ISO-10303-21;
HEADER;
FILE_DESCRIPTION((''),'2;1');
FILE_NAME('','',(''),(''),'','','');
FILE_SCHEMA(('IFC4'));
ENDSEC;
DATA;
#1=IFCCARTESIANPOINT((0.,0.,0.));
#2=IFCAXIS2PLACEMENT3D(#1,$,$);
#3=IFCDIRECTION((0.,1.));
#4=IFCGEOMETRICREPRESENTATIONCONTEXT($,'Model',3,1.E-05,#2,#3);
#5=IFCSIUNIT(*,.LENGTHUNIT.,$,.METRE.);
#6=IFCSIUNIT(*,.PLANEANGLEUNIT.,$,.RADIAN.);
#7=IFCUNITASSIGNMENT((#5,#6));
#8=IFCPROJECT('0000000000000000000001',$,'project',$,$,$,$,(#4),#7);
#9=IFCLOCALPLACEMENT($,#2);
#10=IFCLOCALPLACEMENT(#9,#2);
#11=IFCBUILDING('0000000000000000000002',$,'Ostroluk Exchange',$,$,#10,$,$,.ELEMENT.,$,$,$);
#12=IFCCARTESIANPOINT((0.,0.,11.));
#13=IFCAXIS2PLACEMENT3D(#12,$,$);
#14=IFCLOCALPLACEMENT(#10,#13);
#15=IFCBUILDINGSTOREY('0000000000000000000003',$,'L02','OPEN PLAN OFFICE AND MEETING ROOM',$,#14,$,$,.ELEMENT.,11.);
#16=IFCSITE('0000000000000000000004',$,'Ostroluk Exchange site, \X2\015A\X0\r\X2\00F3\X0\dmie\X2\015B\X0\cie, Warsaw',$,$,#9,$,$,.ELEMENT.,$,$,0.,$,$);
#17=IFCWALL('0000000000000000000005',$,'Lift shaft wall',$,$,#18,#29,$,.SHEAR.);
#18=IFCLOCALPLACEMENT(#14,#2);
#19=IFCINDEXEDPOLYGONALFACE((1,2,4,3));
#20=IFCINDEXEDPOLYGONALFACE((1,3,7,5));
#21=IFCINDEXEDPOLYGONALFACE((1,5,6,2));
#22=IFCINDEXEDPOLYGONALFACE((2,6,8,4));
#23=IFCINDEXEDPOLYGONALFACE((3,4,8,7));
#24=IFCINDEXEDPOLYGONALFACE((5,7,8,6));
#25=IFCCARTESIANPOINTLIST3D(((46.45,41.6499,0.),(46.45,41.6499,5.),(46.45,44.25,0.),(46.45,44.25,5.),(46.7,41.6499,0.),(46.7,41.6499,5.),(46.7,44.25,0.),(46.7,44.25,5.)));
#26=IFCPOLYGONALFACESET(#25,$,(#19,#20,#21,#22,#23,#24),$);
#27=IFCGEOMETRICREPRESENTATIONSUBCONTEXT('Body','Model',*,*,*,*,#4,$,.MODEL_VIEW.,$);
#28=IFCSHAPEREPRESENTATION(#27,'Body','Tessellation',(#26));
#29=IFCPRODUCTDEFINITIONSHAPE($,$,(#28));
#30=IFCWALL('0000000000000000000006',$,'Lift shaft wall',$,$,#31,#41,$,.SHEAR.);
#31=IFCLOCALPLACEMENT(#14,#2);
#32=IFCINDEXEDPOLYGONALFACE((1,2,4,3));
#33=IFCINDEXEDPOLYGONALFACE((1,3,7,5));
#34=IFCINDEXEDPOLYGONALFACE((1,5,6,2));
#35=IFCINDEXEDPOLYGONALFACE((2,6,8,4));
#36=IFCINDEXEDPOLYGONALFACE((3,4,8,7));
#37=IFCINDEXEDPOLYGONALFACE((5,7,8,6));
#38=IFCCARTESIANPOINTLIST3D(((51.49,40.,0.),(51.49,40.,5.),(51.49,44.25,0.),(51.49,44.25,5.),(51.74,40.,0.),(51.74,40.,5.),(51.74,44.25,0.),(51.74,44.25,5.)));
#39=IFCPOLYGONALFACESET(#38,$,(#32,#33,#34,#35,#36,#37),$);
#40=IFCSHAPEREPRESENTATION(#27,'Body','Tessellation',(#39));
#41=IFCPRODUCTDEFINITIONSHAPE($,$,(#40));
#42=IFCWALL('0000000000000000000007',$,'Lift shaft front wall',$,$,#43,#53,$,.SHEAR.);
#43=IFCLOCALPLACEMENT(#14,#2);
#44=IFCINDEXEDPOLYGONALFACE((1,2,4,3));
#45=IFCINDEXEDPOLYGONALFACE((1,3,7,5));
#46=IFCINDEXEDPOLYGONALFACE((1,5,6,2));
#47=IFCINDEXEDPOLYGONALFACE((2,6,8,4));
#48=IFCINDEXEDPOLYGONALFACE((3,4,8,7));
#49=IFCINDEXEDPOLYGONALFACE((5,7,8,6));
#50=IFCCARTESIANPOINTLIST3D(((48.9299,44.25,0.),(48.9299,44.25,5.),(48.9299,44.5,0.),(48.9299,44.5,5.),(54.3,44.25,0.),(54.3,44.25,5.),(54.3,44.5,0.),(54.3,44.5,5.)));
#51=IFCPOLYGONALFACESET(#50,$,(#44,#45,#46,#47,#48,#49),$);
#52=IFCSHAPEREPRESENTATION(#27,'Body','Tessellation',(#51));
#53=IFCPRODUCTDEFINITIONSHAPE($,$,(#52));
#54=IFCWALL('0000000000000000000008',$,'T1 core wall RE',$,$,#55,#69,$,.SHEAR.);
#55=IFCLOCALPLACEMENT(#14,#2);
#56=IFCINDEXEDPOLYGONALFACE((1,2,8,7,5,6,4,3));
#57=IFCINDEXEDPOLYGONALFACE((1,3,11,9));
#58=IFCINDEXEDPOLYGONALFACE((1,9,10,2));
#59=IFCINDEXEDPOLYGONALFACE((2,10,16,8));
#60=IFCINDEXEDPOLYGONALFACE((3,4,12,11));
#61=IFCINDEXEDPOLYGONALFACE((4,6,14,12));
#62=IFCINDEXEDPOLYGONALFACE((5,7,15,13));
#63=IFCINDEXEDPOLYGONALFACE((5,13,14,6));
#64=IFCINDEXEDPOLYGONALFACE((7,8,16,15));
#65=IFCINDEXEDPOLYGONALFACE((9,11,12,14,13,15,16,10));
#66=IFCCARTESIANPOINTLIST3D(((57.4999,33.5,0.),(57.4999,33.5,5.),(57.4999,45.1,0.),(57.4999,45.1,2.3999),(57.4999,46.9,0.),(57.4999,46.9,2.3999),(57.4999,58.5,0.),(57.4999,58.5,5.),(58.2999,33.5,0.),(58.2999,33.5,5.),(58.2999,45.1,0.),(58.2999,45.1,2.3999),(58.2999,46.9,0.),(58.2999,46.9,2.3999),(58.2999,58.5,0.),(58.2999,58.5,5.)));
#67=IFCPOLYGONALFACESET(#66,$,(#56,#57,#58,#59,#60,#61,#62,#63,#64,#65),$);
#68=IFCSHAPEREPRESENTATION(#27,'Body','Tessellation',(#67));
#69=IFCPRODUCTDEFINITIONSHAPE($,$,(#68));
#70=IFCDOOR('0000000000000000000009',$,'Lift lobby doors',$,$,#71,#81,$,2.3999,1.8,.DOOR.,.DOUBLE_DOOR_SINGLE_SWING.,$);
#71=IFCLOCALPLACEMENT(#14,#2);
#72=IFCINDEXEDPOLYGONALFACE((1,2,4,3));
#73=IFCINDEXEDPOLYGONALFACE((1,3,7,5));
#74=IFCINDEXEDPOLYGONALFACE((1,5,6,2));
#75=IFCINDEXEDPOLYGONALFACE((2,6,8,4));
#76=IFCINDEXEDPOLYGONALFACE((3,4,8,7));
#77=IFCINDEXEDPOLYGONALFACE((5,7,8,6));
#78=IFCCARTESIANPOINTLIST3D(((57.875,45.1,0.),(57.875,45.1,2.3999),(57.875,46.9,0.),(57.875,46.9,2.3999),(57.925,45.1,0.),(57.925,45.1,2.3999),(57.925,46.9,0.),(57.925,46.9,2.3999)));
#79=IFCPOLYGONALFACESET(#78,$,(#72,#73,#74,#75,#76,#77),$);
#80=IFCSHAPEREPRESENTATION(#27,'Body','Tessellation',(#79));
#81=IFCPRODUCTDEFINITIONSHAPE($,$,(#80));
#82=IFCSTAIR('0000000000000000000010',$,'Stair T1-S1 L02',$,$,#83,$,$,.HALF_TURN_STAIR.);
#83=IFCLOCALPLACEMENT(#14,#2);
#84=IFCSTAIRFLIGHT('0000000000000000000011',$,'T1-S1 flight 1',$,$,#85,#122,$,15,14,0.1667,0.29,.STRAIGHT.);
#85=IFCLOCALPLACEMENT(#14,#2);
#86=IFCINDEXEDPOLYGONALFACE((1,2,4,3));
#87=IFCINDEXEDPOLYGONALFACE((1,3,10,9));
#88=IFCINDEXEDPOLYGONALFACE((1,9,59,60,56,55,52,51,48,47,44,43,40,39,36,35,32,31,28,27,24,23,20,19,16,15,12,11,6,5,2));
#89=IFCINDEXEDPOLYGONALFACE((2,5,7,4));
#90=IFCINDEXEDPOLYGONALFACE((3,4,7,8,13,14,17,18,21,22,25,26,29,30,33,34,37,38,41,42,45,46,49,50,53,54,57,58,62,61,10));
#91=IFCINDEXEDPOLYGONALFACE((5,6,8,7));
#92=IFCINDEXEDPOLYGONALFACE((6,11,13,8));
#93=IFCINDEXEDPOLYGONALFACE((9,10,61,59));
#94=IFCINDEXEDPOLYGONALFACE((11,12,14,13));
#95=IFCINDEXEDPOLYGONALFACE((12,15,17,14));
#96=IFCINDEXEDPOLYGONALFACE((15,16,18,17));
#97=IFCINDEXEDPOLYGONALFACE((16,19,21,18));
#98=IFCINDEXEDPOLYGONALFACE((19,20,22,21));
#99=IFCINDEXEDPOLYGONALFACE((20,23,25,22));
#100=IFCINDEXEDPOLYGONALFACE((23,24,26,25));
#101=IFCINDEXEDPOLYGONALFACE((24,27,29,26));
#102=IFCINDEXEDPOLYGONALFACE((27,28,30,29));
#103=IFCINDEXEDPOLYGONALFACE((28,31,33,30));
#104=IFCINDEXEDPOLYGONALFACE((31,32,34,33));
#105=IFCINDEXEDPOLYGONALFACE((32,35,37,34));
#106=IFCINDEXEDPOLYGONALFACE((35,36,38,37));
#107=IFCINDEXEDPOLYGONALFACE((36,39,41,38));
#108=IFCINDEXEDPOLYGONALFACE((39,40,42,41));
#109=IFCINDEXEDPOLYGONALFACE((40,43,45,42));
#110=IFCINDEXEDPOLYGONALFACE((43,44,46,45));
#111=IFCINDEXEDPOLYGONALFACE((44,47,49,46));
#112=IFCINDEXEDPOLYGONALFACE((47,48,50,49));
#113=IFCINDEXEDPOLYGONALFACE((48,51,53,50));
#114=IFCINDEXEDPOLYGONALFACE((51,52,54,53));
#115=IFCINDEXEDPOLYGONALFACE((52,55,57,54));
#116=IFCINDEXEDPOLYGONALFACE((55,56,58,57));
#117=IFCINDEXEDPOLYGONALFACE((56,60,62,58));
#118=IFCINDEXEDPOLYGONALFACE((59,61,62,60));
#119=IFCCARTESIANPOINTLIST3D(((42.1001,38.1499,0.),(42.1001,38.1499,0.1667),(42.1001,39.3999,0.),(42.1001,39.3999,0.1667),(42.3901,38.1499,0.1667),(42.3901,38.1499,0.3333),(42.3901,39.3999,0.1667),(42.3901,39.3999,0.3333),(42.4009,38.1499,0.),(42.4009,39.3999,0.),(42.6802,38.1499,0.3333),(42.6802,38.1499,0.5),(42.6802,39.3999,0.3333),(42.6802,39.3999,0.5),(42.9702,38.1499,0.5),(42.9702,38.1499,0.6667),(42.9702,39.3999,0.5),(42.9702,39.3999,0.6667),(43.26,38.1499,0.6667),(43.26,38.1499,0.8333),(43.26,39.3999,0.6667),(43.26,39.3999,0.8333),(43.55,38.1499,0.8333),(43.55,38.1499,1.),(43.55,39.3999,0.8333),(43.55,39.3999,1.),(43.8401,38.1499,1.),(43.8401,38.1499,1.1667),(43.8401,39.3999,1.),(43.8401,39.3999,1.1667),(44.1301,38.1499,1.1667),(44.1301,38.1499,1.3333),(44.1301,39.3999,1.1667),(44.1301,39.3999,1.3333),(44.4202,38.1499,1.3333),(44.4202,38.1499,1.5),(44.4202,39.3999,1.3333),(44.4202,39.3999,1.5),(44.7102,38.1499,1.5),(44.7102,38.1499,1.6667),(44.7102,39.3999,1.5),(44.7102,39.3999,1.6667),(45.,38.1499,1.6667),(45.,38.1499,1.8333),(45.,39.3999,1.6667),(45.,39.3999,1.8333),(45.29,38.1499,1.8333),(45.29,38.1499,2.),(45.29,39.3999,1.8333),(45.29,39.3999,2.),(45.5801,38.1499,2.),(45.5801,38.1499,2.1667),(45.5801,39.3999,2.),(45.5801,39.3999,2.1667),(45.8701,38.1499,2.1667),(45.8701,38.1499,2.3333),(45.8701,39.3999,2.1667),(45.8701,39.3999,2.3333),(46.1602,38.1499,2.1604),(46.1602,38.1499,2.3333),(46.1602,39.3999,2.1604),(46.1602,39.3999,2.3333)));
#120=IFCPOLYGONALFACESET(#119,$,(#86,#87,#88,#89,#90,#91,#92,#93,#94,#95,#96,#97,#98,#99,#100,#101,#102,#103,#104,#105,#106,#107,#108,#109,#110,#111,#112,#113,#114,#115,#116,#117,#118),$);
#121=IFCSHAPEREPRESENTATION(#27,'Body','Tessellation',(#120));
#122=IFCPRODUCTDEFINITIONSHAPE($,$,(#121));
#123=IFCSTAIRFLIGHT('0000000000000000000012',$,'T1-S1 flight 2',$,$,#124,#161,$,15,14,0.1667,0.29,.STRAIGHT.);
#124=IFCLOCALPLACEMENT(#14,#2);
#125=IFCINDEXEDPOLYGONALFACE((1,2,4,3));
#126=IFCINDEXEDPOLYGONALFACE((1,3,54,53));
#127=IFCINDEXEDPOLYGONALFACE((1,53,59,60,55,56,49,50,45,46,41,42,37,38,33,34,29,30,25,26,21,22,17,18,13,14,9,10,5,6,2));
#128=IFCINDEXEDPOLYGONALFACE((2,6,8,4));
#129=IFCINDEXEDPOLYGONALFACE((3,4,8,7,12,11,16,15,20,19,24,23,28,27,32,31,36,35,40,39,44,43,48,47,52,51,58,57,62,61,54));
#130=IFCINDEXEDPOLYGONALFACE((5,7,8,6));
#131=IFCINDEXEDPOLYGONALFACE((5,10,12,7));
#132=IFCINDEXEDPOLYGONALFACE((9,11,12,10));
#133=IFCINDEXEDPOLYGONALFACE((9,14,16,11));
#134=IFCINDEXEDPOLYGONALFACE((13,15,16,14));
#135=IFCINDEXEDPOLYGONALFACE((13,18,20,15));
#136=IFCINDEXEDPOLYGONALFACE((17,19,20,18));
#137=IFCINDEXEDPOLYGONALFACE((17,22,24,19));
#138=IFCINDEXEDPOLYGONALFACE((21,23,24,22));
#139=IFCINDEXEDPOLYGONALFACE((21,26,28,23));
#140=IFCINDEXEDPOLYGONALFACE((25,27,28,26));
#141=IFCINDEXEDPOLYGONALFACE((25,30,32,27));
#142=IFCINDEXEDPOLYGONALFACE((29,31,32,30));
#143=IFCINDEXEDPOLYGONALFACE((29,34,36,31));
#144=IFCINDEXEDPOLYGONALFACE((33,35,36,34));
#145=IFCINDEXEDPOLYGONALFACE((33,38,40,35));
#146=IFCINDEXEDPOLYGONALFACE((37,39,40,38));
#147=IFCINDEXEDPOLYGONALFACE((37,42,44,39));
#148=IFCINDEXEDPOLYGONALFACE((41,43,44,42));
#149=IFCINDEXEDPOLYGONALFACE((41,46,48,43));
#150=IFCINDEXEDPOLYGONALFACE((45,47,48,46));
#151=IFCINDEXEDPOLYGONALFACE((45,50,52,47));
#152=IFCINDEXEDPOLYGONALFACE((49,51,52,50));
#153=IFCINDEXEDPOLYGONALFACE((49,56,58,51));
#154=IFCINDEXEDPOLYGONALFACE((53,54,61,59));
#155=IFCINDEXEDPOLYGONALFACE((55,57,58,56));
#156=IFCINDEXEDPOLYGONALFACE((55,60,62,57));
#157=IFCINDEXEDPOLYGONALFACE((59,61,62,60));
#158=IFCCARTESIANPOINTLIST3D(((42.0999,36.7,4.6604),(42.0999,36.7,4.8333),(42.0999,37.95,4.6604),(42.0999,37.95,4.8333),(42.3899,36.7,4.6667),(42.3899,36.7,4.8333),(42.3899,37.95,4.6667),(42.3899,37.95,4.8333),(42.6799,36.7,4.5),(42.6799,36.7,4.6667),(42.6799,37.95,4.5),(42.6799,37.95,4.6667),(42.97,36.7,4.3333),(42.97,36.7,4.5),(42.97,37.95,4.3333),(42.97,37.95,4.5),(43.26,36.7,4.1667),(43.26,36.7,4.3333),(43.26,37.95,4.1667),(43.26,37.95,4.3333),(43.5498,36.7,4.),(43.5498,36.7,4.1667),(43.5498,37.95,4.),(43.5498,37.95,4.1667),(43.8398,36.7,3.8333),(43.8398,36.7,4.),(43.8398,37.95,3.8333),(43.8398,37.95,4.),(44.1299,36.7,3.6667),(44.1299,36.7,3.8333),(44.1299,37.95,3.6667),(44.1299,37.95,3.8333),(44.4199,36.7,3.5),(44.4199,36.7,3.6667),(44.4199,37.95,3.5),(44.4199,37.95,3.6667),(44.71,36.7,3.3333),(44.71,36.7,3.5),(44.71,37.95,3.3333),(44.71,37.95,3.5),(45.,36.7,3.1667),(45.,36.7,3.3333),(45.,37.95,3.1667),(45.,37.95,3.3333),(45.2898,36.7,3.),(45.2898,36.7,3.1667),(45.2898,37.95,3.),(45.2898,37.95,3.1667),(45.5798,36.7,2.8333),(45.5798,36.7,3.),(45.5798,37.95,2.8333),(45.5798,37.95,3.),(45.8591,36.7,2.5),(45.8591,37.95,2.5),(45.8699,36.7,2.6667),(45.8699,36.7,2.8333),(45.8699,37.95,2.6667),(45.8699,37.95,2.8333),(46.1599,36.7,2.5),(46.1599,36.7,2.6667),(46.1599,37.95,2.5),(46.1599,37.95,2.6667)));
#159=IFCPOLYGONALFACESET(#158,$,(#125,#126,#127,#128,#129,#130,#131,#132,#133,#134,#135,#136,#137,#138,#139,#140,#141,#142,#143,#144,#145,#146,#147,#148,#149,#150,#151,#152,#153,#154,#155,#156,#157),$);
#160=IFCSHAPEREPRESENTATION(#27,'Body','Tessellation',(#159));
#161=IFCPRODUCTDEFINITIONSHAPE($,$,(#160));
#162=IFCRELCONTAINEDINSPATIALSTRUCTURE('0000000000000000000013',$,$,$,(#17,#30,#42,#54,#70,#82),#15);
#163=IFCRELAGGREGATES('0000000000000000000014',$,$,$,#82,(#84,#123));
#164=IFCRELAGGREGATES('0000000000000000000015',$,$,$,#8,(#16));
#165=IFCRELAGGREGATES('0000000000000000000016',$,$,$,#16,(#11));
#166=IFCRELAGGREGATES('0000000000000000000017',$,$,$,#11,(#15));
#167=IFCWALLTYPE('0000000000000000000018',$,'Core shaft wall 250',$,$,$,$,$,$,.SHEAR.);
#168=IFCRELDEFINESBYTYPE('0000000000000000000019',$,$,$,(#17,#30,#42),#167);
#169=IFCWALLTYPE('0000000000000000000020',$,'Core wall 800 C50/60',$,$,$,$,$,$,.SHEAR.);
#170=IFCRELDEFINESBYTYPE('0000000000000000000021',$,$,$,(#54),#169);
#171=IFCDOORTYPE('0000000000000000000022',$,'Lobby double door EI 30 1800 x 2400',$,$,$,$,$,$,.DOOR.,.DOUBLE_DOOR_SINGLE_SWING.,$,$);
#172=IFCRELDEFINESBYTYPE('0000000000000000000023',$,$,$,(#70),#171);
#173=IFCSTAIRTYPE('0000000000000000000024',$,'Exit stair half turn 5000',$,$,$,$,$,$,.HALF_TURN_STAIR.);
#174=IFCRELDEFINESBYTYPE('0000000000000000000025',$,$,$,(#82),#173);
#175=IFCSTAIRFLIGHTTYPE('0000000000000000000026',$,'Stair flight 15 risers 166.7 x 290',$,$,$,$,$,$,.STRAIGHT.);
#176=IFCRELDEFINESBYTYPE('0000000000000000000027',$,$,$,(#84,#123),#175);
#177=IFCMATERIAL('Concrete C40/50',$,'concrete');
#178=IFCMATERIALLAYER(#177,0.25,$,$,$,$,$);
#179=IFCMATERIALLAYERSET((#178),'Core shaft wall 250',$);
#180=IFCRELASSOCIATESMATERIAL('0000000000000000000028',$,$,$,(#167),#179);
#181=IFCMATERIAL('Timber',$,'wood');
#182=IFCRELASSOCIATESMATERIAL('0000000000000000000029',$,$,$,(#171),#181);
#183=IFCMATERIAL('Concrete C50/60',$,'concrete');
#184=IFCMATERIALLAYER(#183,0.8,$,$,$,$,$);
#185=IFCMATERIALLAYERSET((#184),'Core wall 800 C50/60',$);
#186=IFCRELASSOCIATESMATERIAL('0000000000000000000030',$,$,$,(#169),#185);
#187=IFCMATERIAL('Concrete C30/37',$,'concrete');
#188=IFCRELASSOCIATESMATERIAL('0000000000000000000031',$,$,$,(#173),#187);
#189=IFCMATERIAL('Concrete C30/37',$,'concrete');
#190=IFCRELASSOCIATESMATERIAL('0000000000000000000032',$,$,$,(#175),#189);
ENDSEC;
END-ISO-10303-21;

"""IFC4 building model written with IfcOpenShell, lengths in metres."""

from ifc_helpers import new_model, si_unit, direction, frame, frame_2d, origin, place, context, subcontext, project, spatial, polyline, rectangle, outline, extrude, material, layer, layer_set, type_object, element, fill, aggregate, save


model = new_model("IFC4")

# Units and contexts
model_context = context("Model", 3, precision=1e-05, world=origin(), true_north=direction((0.0, 1.0)))
body_context = subcontext(model_context, "Body", "Model", "MODEL_VIEW")
ifc_project = project(units=[si_unit("LENGTHUNIT", "METRE"), si_unit("PLANEANGLEUNIT", "RADIAN")], contexts=[model_context])

# Site, building, storey
site_placement = place(None, origin())
site = spatial("IfcSite", under=ifc_project, at=site_placement, Name="Ostroluk Exchange site, Śródmieście, Warsaw", CompositionType="ELEMENT", RefElevation=0.0)
building_placement = place(site_placement, origin())
building = spatial("IfcBuilding", under=site, at=building_placement, Name="Ostroluk Exchange", CompositionType="ELEMENT")
storey_placement = place(building_placement, frame((0.0, 0.0, 11.0)))
storey = spatial("IfcBuildingStorey", under=building, at=storey_placement, Name="L02", Description="OPEN PLAN OFFICE AND MEETING ROOM", CompositionType="ELEMENT", Elevation=11.0)

# Shared definitions
ifc_material_1 = material(Name="Concrete C40/50", Category="concrete")
ifc_layer_1 = layer(ifc_material_1, 0.25)
ifc_layer_set_1 = layer_set([ifc_layer_1], Name="Core shaft wall 250")
wall_type_1 = type_object("IfcWallType", Name="Core shaft wall 250", PredefinedType="SHEAR", material=ifc_layer_set_1)

# Walls
for number, where, z_axis, x_axis, name in (
    (1, (46.575, 44.25, 0.0), (0.0, 0.0, 1.0), (0.0, -1.0, 0.0), "Lift shaft wall"),
):
    element("IfcWall", number, at=place(storey_placement, frame(where, z_axis=z_axis, x_axis=x_axis)), inside=storey, type_object=wall_type_1, Name=name, PredefinedType="SHEAR", context=body_context, shape_type="SweptSolid", body=[
        extrude(rectangle(XDim=2.6001, YDim=0.25, at=frame_2d((1.3, 0.0))), origin(), (0.0, 0.0, 1.0), 5.0),
    ])
wall_1_placement = place(storey_placement, frame((51.615, 44.25, 0.0), z_axis=(0.0, 0.0, 1.0), x_axis=(0.0, -1.0, 0.0)))
element("IfcWall", 2, at=wall_1_placement, inside=storey, type_object=wall_type_1, Name="Lift shaft wall", PredefinedType="SHEAR", context=body_context, shape_type="SweptSolid", body=[
    extrude(rectangle(XDim=4.25, YDim=0.25, at=frame_2d((2.125, 0.0))), origin(), (0.0, 0.0, 1.0), 5.0),
])
wall_2_placement = place(storey_placement, frame((48.9299, 44.375, 0.0), z_axis=(0.0, 0.0, 1.0), x_axis=(1.0, 0.0, 0.0)))
element("IfcWall", 3, at=wall_2_placement, inside=storey, type_object=wall_type_1, Name="Lift shaft front wall", PredefinedType="SHEAR", context=body_context, shape_type="SweptSolid", body=[
    extrude(rectangle(XDim=5.3701, YDim=0.25, at=frame_2d((2.6851, 0.0))), origin(), (0.0, 0.0, 1.0), 5.0),
])

# Wall, opening, door
ifc_material_2 = material(Name="Timber", Category="wood")
door_type_1 = type_object("IfcDoorType", Name="Lobby double door EI 30 1800 x 2400", OperationType="DOUBLE_DOOR_SINGLE_SWING", PredefinedType="DOOR", material=ifc_material_2)
ifc_material_3 = material(Name="Concrete C50/60", Category="concrete")
ifc_layer_2 = layer(ifc_material_3, 0.8)
ifc_layer_set_2 = layer_set([ifc_layer_2], Name="Core wall 800 C50/60")
wall_type_2 = type_object("IfcWallType", Name="Core wall 800 C50/60", PredefinedType="SHEAR", material=ifc_layer_set_2)
wall_3_placement = place(storey_placement, frame((57.8999, 33.5, 0.0), z_axis=(0.0, 0.0, 1.0), x_axis=(0.0, 1.0, 0.0)))
wall_3 = element("IfcWall", 4, at=wall_3_placement, inside=storey, type_object=wall_type_2, Name="T1 core wall RE", PredefinedType="SHEAR", context=body_context, shape_type="SweptSolid", body=[
    extrude(rectangle(XDim=25.0, YDim=0.8, at=frame_2d((12.5, 0.0))), origin(), (0.0, 0.0, 1.0), 5.0),
])
opening_1_placement = place(wall_3_placement, frame((11.6001, 0.0, 0.0)))
opening_1 = element("IfcOpeningElement", 5, at=opening_1_placement, cuts=wall_3, PredefinedType="OPENING", context=body_context, shape_type="SweptSolid", body=[
    extrude(rectangle(XDim=1.8, YDim=2.3999, at=frame_2d((0.8999, 1.2))), frame((0.0, 0.4099, 0.0), z_axis=(0.0, -1.0, 0.0), x_axis=(1.0, 0.0, 0.0)), (0.0, 0.0, 1.0), 0.8201),
])
door_1_placement = place(opening_1_placement, origin())
door_1 = element("IfcDoor", 6, at=door_1_placement, inside=storey, type_object=door_type_1, Name="Lift lobby doors", OperationType="DOUBLE_DOOR_SINGLE_SWING", OverallHeight=2.3999, OverallWidth=1.8, PredefinedType="DOOR", context=body_context, shape_type="SweptSolid", body=[
    extrude(rectangle(XDim=1.8, YDim=2.3999, at=frame_2d((0.8999, 1.2))), frame((0.0, 0.0249, 0.0), z_axis=(0.0, -1.0, 0.0), x_axis=(1.0, 0.0, 0.0)), (0.0, 0.0, 1.0), 0.05),
])
fill(opening_1, door_1)

# Stair, stair flights
ifc_material_4 = material(Name="Concrete C30/37", Category="concrete")
stair_type = type_object("IfcStairType", Name="Exit stair half turn 5000", PredefinedType="HALF_TURN_STAIR", material=ifc_material_4)
stair_placement = place(storey_placement, origin())
stair = element("IfcStair", 7, at=stair_placement, inside=storey, type_object=stair_type, Name="Stair T1-S1 L02", PredefinedType="HALF_TURN_STAIR")
ifc_material_5 = material(Name="Concrete C30/37", Category="concrete")
stair_flight_type = type_object("IfcStairFlightType", Name="Stair flight 15 risers 166.7 x 290", PredefinedType="STRAIGHT", material=ifc_material_5)
stair_flight_1_placement = place(storey_placement, frame((42.1001, 38.7749, 0.0), z_axis=(0.0, 0.0, 1.0), x_axis=(1.0, 0.0, 0.0)))
stair_flight_1 = element("IfcStairFlight", 8, at=stair_flight_1_placement, type_object=stair_flight_type, Name="T1-S1 flight 1", NumberOfRisers=15, NumberOfTreads=14, PredefinedType="STRAIGHT", RiserHeight=0.1667, TreadLength=0.29, context=body_context, shape_type="SweptSolid", body=[
    extrude(outline(polyline([(0.0, 0.0), (0.0, 0.1667), (0.29, 0.1667), (0.29, 0.3333), (0.5801, 0.3333), (0.5801, 0.5), (0.8701, 0.5), (0.8701, 0.6667), (1.1599, 0.6667), (1.1599, 0.8333), (1.45, 0.8333), (1.45, 1.0), (1.74, 1.0), (1.74, 1.1667), (2.03, 1.1667), (2.03, 1.3333), (2.3201, 1.3333), (2.3201, 1.5), (2.6101, 1.5), (2.6101, 1.6667), (2.8999, 1.6667), (2.8999, 1.8333), (3.1899, 1.8333), (3.1899, 2.0), (3.48, 2.0), (3.48, 2.1667), (3.77, 2.1667), (3.77, 2.3333), (4.0601, 2.3333), (4.0601, 2.5), (4.0601, 2.1604), (0.3008, 0.0), (0.0, 0.0)])), frame((0.0, 0.625, 0.0), z_axis=(0.0, -1.0, 0.0), x_axis=(1.0, 0.0, 0.0)), (0.0, 0.0, 1.0), 1.25),
])
stair_flight_2_placement = place(storey_placement, frame((46.1599, 37.325, 2.5), z_axis=(0.0, 0.0, 1.0), x_axis=(-1.0, 0.0, 0.0)))
stair_flight_2 = element("IfcStairFlight", 9, at=stair_flight_2_placement, type_object=stair_flight_type, Name="T1-S1 flight 2", NumberOfRisers=15, NumberOfTreads=14, PredefinedType="STRAIGHT", RiserHeight=0.1667, TreadLength=0.29, context=body_context, shape_type="SweptSolid", body=[
    extrude(outline(polyline([(0.0, 0.0), (0.0, 0.1667), (0.29, 0.1667), (0.29, 0.3333), (0.5801, 0.3333), (0.5801, 0.5), (0.8701, 0.5), (0.8701, 0.6667), (1.1599, 0.6667), (1.1599, 0.8333), (1.45, 0.8333), (1.45, 1.0), (1.74, 1.0), (1.74, 1.1667), (2.03, 1.1667), (2.03, 1.3333), (2.3201, 1.3333), (2.3201, 1.5), (2.6101, 1.5), (2.6101, 1.6667), (2.8999, 1.6667), (2.8999, 1.8333), (3.1899, 1.8333), (3.1899, 2.0), (3.48, 2.0), (3.48, 2.1667), (3.77, 2.1667), (3.77, 2.3333), (4.0601, 2.3333), (4.0601, 2.5), (4.0601, 2.1604), (0.3008, 0.0), (0.0, 0.0)])), frame((0.0, 0.625, 0.0), z_axis=(0.0, -1.0, 0.0), x_axis=(1.0, 0.0, 0.0)), (0.0, 0.0, 1.0), 1.25),
])
aggregate(stair, [stair_flight_1, stair_flight_2])

save(model, "model.ifc")
